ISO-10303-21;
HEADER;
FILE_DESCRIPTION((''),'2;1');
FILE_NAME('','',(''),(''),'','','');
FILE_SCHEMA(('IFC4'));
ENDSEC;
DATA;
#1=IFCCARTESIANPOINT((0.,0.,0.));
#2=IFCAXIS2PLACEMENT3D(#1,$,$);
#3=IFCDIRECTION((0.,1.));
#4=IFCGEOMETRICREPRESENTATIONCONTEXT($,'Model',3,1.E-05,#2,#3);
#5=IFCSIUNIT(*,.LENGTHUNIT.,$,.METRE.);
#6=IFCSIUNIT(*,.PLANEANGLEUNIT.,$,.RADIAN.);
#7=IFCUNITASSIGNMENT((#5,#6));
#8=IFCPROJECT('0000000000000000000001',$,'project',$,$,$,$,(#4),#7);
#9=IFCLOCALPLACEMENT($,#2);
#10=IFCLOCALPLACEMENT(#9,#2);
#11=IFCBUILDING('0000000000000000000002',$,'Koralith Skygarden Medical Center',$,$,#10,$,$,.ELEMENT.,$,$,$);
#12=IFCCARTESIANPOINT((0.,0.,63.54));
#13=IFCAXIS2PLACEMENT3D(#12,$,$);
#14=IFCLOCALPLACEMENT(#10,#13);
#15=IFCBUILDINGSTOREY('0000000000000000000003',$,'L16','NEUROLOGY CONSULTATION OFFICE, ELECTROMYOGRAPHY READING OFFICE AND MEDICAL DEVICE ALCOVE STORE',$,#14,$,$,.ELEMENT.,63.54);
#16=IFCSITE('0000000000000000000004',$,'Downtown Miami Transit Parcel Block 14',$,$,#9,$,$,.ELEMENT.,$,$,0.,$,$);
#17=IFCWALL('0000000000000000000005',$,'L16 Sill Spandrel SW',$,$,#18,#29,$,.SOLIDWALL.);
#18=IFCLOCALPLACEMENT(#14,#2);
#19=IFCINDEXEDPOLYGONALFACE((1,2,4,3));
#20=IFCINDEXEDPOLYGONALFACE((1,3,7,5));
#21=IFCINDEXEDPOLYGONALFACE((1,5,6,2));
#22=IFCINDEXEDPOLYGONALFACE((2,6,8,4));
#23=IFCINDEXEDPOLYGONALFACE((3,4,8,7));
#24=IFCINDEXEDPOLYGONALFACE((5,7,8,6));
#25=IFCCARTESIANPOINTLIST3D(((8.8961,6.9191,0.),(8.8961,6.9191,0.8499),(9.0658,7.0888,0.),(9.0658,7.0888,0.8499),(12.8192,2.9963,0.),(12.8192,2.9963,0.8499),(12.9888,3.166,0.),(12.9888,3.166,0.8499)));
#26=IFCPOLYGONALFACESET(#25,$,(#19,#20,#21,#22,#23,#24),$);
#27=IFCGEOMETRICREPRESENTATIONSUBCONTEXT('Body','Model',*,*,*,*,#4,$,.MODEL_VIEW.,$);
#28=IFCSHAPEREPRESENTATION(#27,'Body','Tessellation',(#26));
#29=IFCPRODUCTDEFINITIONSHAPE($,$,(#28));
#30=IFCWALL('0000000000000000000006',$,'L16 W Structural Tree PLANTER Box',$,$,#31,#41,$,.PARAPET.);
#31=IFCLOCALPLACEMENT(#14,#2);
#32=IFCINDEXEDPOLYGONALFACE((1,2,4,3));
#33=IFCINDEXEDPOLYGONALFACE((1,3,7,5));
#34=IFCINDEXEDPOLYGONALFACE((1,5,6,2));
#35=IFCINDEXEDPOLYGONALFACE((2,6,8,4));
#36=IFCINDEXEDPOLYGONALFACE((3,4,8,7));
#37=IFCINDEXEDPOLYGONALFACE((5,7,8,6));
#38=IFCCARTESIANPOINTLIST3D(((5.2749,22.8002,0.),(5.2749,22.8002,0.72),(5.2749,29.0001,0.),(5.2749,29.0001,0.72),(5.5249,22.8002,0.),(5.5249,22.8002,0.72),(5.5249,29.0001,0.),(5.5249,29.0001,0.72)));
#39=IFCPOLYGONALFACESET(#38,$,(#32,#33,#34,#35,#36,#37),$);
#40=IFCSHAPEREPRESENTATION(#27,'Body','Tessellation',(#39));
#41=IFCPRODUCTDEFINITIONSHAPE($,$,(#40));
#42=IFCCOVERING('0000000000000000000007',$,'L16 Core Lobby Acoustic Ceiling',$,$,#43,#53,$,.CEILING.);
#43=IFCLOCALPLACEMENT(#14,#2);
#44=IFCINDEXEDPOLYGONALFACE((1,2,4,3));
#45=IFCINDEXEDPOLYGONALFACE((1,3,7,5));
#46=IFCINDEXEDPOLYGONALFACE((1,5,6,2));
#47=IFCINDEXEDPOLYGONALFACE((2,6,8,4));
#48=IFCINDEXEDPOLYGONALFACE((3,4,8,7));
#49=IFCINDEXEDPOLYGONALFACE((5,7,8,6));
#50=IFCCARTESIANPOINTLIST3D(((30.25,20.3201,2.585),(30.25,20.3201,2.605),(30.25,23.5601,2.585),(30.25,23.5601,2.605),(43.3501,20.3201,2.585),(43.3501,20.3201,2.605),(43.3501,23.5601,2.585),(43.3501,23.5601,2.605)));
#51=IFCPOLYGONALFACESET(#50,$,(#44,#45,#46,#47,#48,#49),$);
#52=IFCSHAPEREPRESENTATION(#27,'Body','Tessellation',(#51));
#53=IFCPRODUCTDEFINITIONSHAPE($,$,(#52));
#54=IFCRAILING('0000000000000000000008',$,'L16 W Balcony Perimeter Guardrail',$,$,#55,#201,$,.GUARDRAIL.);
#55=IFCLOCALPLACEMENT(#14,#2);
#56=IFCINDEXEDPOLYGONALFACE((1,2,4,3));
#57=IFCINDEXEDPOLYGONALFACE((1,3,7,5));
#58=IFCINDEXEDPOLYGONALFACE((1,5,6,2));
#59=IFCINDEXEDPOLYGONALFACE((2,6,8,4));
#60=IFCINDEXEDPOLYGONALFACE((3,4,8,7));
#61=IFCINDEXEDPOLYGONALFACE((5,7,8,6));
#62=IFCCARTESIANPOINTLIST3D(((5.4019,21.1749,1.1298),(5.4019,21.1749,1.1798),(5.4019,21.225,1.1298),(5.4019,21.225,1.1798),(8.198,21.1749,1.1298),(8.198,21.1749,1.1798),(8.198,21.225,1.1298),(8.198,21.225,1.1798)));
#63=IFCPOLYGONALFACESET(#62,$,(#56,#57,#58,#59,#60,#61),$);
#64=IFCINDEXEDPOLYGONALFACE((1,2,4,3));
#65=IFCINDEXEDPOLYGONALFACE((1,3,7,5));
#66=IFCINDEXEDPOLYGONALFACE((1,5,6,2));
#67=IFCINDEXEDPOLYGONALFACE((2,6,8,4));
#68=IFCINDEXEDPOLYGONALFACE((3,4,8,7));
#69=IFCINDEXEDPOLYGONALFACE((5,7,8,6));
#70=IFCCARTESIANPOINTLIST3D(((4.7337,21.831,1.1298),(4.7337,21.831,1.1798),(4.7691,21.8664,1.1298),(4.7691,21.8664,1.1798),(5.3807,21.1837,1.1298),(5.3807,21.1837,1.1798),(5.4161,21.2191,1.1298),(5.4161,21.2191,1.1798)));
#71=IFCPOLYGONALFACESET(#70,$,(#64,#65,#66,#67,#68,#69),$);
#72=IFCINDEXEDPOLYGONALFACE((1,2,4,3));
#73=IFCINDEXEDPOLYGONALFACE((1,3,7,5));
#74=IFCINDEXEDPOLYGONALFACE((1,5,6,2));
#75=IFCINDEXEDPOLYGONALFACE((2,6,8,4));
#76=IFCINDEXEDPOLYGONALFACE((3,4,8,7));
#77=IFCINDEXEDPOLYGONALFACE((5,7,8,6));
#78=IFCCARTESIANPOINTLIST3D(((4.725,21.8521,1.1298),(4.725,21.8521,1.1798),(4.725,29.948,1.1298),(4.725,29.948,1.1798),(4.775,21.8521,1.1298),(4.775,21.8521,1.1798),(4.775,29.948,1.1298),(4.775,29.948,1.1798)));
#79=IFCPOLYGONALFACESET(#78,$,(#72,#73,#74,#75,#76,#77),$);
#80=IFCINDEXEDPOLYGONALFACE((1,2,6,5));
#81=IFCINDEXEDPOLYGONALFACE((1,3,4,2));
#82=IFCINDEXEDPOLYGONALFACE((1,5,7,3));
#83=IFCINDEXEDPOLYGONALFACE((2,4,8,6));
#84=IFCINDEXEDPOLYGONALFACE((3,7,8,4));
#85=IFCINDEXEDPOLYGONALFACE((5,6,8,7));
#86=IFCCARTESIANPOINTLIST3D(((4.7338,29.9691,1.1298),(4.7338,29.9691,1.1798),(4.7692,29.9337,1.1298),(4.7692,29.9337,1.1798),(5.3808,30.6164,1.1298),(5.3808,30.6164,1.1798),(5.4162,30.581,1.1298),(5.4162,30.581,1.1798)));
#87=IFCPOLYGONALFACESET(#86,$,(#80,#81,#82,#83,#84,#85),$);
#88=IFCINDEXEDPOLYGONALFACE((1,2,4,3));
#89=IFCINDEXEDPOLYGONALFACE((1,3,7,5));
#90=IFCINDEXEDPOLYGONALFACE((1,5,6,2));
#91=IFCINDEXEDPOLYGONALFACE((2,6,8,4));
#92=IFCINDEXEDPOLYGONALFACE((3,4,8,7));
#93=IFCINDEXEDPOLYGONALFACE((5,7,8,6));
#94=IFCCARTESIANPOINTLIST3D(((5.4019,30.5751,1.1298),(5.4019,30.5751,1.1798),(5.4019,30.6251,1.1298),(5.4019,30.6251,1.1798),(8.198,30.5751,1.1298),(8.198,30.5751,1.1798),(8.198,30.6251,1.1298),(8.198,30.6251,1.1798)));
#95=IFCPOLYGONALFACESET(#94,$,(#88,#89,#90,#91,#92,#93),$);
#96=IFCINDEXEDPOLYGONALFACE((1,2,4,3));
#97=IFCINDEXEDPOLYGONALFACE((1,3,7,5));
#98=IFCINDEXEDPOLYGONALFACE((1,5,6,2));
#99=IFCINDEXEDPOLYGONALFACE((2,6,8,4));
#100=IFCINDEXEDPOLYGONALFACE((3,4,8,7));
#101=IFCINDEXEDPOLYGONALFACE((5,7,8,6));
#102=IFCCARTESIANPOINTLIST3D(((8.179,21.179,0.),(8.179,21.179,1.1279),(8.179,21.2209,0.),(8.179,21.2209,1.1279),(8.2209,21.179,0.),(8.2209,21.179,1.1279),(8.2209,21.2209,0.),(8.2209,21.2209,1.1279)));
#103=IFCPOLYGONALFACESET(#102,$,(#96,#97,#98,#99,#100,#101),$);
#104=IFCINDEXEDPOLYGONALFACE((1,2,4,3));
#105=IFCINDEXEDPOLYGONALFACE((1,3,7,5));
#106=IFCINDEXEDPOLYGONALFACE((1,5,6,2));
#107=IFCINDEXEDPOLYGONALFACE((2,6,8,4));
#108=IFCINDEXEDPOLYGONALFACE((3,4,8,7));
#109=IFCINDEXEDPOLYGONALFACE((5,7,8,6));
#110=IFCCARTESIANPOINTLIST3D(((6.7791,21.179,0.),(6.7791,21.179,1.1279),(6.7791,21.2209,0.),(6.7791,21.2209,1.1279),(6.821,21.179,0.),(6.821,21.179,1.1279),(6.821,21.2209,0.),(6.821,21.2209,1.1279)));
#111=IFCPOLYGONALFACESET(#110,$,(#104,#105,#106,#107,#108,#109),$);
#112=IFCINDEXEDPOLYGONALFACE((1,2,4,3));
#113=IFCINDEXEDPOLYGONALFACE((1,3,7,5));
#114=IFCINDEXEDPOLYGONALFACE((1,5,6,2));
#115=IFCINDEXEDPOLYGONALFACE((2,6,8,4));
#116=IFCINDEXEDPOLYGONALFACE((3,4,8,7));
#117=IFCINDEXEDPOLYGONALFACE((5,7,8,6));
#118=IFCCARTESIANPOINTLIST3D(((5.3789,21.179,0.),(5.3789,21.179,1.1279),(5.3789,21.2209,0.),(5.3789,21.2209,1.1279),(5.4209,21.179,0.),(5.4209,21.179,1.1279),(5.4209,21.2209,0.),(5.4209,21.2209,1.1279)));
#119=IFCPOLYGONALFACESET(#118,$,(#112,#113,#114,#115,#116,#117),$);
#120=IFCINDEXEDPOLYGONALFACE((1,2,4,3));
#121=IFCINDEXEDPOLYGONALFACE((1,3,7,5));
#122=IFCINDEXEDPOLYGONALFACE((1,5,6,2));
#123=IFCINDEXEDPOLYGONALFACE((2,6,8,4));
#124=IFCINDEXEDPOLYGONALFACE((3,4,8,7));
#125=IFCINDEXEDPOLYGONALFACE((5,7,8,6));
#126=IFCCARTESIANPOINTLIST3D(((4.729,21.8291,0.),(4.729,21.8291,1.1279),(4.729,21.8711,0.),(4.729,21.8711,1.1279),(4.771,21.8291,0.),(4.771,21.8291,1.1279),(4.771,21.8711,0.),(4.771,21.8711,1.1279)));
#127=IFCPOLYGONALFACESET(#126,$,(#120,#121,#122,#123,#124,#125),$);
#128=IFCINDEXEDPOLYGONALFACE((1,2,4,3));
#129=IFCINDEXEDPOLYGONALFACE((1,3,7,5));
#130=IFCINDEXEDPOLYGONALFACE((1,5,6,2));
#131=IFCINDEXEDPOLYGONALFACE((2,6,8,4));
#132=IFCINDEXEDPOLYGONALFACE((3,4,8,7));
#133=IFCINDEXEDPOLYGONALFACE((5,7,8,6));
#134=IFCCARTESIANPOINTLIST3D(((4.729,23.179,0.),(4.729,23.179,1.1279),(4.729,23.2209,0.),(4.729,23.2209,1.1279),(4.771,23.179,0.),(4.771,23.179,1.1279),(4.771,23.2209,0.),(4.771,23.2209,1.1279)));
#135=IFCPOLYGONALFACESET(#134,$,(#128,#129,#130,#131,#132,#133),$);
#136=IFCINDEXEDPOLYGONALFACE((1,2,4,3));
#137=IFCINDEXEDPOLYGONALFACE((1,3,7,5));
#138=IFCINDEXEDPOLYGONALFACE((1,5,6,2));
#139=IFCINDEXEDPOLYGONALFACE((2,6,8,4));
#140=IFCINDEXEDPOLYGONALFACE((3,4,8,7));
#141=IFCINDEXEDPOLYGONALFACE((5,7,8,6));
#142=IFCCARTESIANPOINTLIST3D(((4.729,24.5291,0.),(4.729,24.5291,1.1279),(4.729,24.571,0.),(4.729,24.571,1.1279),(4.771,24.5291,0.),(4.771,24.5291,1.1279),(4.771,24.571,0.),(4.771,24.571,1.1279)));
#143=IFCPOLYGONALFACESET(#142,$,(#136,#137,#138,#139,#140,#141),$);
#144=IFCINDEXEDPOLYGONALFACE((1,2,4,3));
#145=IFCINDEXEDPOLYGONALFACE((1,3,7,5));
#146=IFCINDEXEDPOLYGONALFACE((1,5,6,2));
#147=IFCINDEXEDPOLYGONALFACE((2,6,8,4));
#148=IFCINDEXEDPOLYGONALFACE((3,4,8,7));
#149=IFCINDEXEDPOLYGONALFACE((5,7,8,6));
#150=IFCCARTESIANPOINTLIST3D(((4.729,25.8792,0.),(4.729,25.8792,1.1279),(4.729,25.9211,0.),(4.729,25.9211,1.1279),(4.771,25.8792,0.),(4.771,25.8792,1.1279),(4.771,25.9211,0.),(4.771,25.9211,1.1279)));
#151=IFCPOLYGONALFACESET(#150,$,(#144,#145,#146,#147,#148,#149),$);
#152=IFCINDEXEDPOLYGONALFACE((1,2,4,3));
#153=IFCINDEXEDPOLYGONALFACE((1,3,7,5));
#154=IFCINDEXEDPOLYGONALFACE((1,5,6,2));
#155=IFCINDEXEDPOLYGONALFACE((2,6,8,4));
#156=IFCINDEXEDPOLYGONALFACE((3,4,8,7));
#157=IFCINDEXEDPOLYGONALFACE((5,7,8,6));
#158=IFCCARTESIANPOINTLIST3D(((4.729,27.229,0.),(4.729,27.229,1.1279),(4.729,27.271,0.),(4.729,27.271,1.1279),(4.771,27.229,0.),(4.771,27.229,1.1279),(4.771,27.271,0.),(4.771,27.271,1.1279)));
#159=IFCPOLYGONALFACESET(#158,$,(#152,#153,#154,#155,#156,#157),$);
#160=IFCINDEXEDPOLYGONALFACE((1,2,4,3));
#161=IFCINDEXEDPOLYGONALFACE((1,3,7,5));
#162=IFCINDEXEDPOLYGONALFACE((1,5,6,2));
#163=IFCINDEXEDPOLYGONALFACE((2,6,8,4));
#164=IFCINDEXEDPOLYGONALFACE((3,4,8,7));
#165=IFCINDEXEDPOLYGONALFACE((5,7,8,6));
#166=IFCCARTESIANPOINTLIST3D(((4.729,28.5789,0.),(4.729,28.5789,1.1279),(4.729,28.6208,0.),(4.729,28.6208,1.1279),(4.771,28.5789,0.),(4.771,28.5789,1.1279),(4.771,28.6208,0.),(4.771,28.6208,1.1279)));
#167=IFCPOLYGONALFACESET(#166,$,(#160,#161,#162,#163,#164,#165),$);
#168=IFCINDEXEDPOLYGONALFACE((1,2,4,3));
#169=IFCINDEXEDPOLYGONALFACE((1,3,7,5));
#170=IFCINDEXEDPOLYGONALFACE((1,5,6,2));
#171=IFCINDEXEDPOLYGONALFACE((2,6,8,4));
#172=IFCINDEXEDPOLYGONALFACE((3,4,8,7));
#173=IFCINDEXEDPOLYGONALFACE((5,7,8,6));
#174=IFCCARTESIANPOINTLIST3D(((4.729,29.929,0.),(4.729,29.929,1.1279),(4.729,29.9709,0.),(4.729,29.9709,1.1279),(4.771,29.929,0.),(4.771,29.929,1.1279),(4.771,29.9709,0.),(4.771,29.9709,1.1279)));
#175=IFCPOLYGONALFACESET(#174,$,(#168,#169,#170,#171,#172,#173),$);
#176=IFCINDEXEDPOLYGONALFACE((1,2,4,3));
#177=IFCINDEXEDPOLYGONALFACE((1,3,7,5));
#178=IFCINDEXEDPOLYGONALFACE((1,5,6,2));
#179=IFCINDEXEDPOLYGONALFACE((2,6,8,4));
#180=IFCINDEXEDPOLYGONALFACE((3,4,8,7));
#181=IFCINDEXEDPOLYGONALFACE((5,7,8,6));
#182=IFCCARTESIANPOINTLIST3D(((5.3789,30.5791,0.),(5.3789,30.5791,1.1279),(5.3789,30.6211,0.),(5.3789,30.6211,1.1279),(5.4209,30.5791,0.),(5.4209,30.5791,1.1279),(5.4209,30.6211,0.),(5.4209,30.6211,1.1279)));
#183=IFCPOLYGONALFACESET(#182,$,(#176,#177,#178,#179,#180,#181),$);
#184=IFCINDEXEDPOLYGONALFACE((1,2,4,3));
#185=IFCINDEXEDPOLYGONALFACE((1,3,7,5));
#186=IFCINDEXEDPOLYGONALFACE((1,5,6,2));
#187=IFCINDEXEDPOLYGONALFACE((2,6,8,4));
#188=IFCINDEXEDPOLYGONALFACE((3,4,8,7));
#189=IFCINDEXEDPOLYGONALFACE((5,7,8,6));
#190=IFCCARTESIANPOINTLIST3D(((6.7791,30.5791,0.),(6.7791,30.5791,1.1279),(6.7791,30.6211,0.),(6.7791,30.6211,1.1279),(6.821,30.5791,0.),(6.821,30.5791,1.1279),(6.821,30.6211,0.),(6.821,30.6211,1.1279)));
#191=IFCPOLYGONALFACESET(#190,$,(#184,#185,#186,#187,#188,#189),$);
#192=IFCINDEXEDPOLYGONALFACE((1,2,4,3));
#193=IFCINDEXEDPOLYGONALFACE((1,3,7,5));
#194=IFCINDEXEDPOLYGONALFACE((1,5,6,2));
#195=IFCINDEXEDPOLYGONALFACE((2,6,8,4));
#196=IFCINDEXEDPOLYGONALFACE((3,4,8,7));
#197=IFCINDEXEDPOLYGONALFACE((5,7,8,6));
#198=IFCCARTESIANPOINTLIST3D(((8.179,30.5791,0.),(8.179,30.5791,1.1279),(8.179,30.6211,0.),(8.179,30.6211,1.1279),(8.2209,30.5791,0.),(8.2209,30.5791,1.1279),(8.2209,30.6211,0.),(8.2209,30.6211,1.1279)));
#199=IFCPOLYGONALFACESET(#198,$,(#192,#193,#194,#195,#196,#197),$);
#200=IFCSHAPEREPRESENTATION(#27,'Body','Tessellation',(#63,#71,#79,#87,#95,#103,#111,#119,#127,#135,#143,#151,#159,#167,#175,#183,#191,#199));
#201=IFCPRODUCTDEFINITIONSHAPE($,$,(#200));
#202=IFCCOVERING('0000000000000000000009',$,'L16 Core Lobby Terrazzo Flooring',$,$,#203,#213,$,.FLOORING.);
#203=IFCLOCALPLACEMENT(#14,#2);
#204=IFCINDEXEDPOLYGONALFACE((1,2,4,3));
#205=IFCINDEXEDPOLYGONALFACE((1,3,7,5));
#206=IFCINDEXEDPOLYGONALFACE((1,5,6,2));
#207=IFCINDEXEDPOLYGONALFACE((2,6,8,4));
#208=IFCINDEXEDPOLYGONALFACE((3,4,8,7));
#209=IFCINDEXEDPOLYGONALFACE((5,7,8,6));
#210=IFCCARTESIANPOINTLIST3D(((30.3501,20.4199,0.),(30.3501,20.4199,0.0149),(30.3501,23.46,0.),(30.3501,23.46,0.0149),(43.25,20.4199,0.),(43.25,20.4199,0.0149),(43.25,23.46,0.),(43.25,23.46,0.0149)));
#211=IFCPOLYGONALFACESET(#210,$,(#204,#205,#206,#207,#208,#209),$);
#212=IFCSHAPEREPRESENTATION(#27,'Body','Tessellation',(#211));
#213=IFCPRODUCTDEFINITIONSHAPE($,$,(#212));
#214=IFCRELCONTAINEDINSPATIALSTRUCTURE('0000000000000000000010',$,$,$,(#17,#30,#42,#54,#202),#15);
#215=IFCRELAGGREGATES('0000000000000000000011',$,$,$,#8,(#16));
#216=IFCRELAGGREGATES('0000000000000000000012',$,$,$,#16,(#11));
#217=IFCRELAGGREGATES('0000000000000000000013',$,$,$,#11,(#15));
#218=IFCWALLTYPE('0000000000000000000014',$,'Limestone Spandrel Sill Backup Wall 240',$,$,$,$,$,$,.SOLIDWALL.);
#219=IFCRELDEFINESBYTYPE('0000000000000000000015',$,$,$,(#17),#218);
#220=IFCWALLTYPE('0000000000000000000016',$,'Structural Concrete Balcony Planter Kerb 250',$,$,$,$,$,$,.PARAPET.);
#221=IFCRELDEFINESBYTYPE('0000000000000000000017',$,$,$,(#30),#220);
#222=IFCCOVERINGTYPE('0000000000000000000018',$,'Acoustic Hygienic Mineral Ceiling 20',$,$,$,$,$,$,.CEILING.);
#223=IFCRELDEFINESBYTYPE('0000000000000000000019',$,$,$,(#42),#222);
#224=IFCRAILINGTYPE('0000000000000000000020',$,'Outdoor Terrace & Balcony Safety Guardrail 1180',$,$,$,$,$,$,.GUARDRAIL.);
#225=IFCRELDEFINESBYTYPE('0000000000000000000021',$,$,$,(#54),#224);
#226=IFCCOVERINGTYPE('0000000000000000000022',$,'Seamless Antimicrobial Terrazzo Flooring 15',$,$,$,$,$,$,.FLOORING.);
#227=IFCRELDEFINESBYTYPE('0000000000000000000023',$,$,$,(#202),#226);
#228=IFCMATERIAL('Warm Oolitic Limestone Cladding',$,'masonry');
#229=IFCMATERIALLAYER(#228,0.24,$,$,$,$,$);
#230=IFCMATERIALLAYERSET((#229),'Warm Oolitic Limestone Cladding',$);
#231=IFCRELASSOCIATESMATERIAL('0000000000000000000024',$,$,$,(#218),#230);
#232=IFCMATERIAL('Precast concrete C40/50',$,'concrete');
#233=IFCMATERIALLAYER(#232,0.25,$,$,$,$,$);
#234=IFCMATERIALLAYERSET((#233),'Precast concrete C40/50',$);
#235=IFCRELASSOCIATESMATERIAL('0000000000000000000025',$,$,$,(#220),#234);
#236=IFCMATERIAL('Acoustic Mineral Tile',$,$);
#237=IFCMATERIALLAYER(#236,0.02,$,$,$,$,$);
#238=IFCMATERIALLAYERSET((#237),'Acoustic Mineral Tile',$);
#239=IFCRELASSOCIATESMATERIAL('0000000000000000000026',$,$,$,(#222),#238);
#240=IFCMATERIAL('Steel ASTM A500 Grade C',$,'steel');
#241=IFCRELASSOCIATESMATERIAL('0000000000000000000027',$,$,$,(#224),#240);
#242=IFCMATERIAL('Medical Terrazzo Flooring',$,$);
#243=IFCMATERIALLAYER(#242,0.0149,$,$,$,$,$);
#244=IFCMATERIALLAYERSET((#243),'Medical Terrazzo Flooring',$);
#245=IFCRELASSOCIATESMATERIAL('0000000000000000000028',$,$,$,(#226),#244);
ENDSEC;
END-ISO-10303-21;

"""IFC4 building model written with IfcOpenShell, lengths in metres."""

from ifc_helpers import new_model, si_unit, direction, frame, frame_2d, origin, origin_2d, place, context, subcontext, project, spatial, polyline, rectangle, outline, extrude, material, layer, layer_set, type_object, element, save


model = new_model("IFC4")

# Units and contexts
model_context = context("Model", 3, precision=1e-05, world=origin(), true_north=direction((0.0, 1.0)))
body_context = subcontext(model_context, "Body", "Model", "MODEL_VIEW")
ifc_project = project(units=[si_unit("LENGTHUNIT", "METRE"), si_unit("PLANEANGLEUNIT", "RADIAN")], contexts=[model_context])

# Site, building, storey
site_placement = place(None, origin())
site = spatial("IfcSite", under=ifc_project, at=site_placement, Name="Downtown Miami Transit Parcel Block 14", CompositionType="ELEMENT", RefElevation=0.0)
building_placement = place(site_placement, origin())
building = spatial("IfcBuilding", under=site, at=building_placement, Name="Koralith Skygarden Medical Center", CompositionType="ELEMENT")
storey_placement = place(building_placement, frame((0.0, 0.0, 63.54)))
storey = spatial("IfcBuildingStorey", under=building, at=storey_placement, Name="L16", Description="NEUROLOGY CONSULTATION OFFICE, ELECTROMYOGRAPHY READING OFFICE AND MEDICAL DEVICE ALCOVE STORE", CompositionType="ELEMENT", Elevation=63.54)

# Shared definitions
ifc_material_1 = material(Name="Warm Oolitic Limestone Cladding", Category="masonry")

# Walls
ifc_layer_1 = layer(ifc_material_1, 0.24)
ifc_layer_set_1 = layer_set([ifc_layer_1], Name="Warm Oolitic Limestone Cladding")
wall_type_1 = type_object("IfcWallType", Name="Limestone Spandrel Sill Backup Wall 240", PredefinedType="SOLIDWALL", material=ifc_layer_set_1)
wall_1_placement = place(storey_placement, frame((8.981, 7.0039, 0.0), z_axis=(0.0, 0.0, 1.0), x_axis=(0.707129, -0.707085, 0.0)))
element("IfcWall", 1, at=wall_1_placement, inside=storey, type_object=wall_type_1, Name="L16 Sill Spandrel SW", PredefinedType="SOLIDWALL", context=body_context, shape_type="SweptSolid", body=[
    extrude(rectangle(XDim=5.5479, YDim=0.24, at=frame_2d((2.7739, 0.0))), origin(), (0.0, 0.0, 1.0), 0.8499),
])
ifc_material_2 = material(Name="Precast concrete C40/50", Category="concrete")
ifc_layer_2 = layer(ifc_material_2, 0.25)
ifc_layer_set_2 = layer_set([ifc_layer_2], Name="Precast concrete C40/50")
wall_type_2 = type_object("IfcWallType", Name="Structural Concrete Balcony Planter Kerb 250", PredefinedType="PARAPET", material=ifc_layer_set_2)
wall_2_placement = place(storey_placement, frame((5.3999, 22.8, 0.0), z_axis=(0.0, 0.0, 1.0), x_axis=(0.0, 1.0, 0.0)))
element("IfcWall", 2, at=wall_2_placement, inside=storey, type_object=wall_type_2, Name="L16 W Structural Tree PLANTER Box", PredefinedType="PARAPET", context=body_context, shape_type="SweptSolid", body=[
    extrude(rectangle(XDim=6.2, YDim=0.25, at=frame_2d((3.1001, 0.0))), origin(), (0.0, 0.0, 1.0), 0.72),
])

# Covering
ifc_material_3 = material(Name="Acoustic Mineral Tile")
ifc_layer_3 = layer(ifc_material_3, 0.02)
ifc_layer_set_3 = layer_set([ifc_layer_3], Name="Acoustic Mineral Tile")
covering_type_1 = type_object("IfcCoveringType", Name="Acoustic Hygienic Mineral Ceiling 20", PredefinedType="CEILING", material=ifc_layer_set_3)
covering_1_placement = place(storey_placement, frame((0.0, 0.0, 2.585)))
element("IfcCovering", 3, at=covering_1_placement, inside=storey, type_object=covering_type_1, Name="L16 Core Lobby Acoustic Ceiling", PredefinedType="CEILING", context=body_context, shape_type="SweptSolid", body=[
    extrude(outline(polyline([(30.25, 20.3201), (43.3501, 20.3201), (43.3501, 23.5601), (30.25, 23.5601), (30.25, 20.3201)])), origin(), (0.0, 0.0, 1.0), 0.02),
])

# Railing
ifc_material_4 = material(Name="Steel ASTM A500 Grade C", Category="steel")
railing_type = type_object("IfcRailingType", Name="Outdoor Terrace & Balcony Safety Guardrail 1180", PredefinedType="GUARDRAIL", material=ifc_material_4)
railing_placement = place(storey_placement, frame((8.2, 21.2, 0.0)))
element("IfcRailing", 4, at=railing_placement, inside=storey, type_object=railing_type, Name="L16 W Balcony Perimeter Guardrail", PredefinedType="GUARDRAIL", context=body_context, shape_type="SweptSolid", body=[
    extrude(rectangle(XDim=0.05, YDim=0.05, at=origin_2d()), frame((-0.002, 0.0, 1.1548), z_axis=(-1.0, 0.0, 0.0), x_axis=(0.0, -1.0, 0.0)), (0.0, 0.0, 1.0), 2.7961),
    extrude(rectangle(XDim=0.05, YDim=0.05, at=origin_2d()), frame((-2.8015, 0.0015, 1.1548), z_axis=(-0.706974, 0.70724, 0.0), x_axis=(-0.70724, -0.706974, 0.0)), (0.0, 0.0, 1.0), 0.9153),
    extrude(rectangle(XDim=0.05, YDim=0.05, at=origin_2d()), frame((-3.45, 0.6521, 1.1548), z_axis=(0.0, 1.0, 0.0), x_axis=(-1.0, 0.0, 0.0)), (0.0, 0.0, 1.0), 8.0959),
    extrude(rectangle(XDim=0.05, YDim=0.05, at=origin_2d()), frame((-3.4485, 8.7515, 1.1548), z_axis=(0.706974, 0.70724, 0.0), x_axis=(-0.70724, 0.706974, 0.0)), (0.0, 0.0, 1.0), 0.9153),
    extrude(rectangle(XDim=0.05, YDim=0.05, at=origin_2d()), frame((-2.7981, 9.4001, 1.1548), z_axis=(1.0, 0.0, 0.0), x_axis=(0.0, 1.0, 0.0)), (0.0, 0.0, 1.0), 2.7961),
    extrude(rectangle(XDim=0.042, YDim=0.042, at=origin_2d()), origin(), (0.0, 0.0, 1.0), 1.1279),
    extrude(rectangle(XDim=0.042, YDim=0.042, at=origin_2d()), frame((-1.3999, 0.0, 0.0)), (0.0, 0.0, 1.0), 1.1279),
    extrude(rectangle(XDim=0.042, YDim=0.042, at=origin_2d()), frame((-2.8, 0.0, 0.0)), (0.0, 0.0, 1.0), 1.1279),
    extrude(rectangle(XDim=0.042, YDim=0.042, at=origin_2d()), frame((-3.45, 0.6501, 0.0)), (0.0, 0.0, 1.0), 1.1279),
    extrude(rectangle(XDim=0.042, YDim=0.042, at=origin_2d()), frame((-3.45, 2.0, 0.0)), (0.0, 0.0, 1.0), 1.1279),
    extrude(rectangle(XDim=0.042, YDim=0.042, at=origin_2d()), frame((-3.45, 3.3501, 0.0)), (0.0, 0.0, 1.0), 1.1279),
    extrude(rectangle(XDim=0.042, YDim=0.042, at=origin_2d()), frame((-3.45, 4.7002, 0.0)), (0.0, 0.0, 1.0), 1.1279),
    extrude(rectangle(XDim=0.042, YDim=0.042, at=origin_2d()), frame((-3.45, 6.05, 0.0)), (0.0, 0.0, 1.0), 1.1279),
    extrude(rectangle(XDim=0.042, YDim=0.042, at=origin_2d()), frame((-3.45, 7.3999, 0.0)), (0.0, 0.0, 1.0), 1.1279),
    extrude(rectangle(XDim=0.042, YDim=0.042, at=origin_2d()), frame((-3.45, 8.75, 0.0)), (0.0, 0.0, 1.0), 1.1279),
    extrude(rectangle(XDim=0.042, YDim=0.042, at=origin_2d()), frame((-2.8, 9.4001, 0.0)), (0.0, 0.0, 1.0), 1.1279),
    extrude(rectangle(XDim=0.042, YDim=0.042, at=origin_2d()), frame((-1.3999, 9.4001, 0.0)), (0.0, 0.0, 1.0), 1.1279),
    extrude(rectangle(XDim=0.042, YDim=0.042, at=origin_2d()), frame((0.0, 9.4001, 0.0)), (0.0, 0.0, 1.0), 1.1279),
])

# Covering
ifc_material_5 = material(Name="Medical Terrazzo Flooring")
ifc_layer_4 = layer(ifc_material_5, 0.0149)
ifc_layer_set_4 = layer_set([ifc_layer_4], Name="Medical Terrazzo Flooring")
covering_type_2 = type_object("IfcCoveringType", Name="Seamless Antimicrobial Terrazzo Flooring 15", PredefinedType="FLOORING", material=ifc_layer_set_4)
covering_2_placement = place(storey_placement, origin())
element("IfcCovering", 5, at=covering_2_placement, inside=storey, type_object=covering_type_2, Name="L16 Core Lobby Terrazzo Flooring", PredefinedType="FLOORING", context=body_context, shape_type="SweptSolid", body=[
    extrude(outline(polyline([(30.3501, 20.4199), (43.25, 20.4199), (43.25, 23.46), (30.3501, 23.46), (30.3501, 20.4199)])), origin(), (0.0, 0.0, 1.0), 0.0149),
])

save(model, "model.ifc")
